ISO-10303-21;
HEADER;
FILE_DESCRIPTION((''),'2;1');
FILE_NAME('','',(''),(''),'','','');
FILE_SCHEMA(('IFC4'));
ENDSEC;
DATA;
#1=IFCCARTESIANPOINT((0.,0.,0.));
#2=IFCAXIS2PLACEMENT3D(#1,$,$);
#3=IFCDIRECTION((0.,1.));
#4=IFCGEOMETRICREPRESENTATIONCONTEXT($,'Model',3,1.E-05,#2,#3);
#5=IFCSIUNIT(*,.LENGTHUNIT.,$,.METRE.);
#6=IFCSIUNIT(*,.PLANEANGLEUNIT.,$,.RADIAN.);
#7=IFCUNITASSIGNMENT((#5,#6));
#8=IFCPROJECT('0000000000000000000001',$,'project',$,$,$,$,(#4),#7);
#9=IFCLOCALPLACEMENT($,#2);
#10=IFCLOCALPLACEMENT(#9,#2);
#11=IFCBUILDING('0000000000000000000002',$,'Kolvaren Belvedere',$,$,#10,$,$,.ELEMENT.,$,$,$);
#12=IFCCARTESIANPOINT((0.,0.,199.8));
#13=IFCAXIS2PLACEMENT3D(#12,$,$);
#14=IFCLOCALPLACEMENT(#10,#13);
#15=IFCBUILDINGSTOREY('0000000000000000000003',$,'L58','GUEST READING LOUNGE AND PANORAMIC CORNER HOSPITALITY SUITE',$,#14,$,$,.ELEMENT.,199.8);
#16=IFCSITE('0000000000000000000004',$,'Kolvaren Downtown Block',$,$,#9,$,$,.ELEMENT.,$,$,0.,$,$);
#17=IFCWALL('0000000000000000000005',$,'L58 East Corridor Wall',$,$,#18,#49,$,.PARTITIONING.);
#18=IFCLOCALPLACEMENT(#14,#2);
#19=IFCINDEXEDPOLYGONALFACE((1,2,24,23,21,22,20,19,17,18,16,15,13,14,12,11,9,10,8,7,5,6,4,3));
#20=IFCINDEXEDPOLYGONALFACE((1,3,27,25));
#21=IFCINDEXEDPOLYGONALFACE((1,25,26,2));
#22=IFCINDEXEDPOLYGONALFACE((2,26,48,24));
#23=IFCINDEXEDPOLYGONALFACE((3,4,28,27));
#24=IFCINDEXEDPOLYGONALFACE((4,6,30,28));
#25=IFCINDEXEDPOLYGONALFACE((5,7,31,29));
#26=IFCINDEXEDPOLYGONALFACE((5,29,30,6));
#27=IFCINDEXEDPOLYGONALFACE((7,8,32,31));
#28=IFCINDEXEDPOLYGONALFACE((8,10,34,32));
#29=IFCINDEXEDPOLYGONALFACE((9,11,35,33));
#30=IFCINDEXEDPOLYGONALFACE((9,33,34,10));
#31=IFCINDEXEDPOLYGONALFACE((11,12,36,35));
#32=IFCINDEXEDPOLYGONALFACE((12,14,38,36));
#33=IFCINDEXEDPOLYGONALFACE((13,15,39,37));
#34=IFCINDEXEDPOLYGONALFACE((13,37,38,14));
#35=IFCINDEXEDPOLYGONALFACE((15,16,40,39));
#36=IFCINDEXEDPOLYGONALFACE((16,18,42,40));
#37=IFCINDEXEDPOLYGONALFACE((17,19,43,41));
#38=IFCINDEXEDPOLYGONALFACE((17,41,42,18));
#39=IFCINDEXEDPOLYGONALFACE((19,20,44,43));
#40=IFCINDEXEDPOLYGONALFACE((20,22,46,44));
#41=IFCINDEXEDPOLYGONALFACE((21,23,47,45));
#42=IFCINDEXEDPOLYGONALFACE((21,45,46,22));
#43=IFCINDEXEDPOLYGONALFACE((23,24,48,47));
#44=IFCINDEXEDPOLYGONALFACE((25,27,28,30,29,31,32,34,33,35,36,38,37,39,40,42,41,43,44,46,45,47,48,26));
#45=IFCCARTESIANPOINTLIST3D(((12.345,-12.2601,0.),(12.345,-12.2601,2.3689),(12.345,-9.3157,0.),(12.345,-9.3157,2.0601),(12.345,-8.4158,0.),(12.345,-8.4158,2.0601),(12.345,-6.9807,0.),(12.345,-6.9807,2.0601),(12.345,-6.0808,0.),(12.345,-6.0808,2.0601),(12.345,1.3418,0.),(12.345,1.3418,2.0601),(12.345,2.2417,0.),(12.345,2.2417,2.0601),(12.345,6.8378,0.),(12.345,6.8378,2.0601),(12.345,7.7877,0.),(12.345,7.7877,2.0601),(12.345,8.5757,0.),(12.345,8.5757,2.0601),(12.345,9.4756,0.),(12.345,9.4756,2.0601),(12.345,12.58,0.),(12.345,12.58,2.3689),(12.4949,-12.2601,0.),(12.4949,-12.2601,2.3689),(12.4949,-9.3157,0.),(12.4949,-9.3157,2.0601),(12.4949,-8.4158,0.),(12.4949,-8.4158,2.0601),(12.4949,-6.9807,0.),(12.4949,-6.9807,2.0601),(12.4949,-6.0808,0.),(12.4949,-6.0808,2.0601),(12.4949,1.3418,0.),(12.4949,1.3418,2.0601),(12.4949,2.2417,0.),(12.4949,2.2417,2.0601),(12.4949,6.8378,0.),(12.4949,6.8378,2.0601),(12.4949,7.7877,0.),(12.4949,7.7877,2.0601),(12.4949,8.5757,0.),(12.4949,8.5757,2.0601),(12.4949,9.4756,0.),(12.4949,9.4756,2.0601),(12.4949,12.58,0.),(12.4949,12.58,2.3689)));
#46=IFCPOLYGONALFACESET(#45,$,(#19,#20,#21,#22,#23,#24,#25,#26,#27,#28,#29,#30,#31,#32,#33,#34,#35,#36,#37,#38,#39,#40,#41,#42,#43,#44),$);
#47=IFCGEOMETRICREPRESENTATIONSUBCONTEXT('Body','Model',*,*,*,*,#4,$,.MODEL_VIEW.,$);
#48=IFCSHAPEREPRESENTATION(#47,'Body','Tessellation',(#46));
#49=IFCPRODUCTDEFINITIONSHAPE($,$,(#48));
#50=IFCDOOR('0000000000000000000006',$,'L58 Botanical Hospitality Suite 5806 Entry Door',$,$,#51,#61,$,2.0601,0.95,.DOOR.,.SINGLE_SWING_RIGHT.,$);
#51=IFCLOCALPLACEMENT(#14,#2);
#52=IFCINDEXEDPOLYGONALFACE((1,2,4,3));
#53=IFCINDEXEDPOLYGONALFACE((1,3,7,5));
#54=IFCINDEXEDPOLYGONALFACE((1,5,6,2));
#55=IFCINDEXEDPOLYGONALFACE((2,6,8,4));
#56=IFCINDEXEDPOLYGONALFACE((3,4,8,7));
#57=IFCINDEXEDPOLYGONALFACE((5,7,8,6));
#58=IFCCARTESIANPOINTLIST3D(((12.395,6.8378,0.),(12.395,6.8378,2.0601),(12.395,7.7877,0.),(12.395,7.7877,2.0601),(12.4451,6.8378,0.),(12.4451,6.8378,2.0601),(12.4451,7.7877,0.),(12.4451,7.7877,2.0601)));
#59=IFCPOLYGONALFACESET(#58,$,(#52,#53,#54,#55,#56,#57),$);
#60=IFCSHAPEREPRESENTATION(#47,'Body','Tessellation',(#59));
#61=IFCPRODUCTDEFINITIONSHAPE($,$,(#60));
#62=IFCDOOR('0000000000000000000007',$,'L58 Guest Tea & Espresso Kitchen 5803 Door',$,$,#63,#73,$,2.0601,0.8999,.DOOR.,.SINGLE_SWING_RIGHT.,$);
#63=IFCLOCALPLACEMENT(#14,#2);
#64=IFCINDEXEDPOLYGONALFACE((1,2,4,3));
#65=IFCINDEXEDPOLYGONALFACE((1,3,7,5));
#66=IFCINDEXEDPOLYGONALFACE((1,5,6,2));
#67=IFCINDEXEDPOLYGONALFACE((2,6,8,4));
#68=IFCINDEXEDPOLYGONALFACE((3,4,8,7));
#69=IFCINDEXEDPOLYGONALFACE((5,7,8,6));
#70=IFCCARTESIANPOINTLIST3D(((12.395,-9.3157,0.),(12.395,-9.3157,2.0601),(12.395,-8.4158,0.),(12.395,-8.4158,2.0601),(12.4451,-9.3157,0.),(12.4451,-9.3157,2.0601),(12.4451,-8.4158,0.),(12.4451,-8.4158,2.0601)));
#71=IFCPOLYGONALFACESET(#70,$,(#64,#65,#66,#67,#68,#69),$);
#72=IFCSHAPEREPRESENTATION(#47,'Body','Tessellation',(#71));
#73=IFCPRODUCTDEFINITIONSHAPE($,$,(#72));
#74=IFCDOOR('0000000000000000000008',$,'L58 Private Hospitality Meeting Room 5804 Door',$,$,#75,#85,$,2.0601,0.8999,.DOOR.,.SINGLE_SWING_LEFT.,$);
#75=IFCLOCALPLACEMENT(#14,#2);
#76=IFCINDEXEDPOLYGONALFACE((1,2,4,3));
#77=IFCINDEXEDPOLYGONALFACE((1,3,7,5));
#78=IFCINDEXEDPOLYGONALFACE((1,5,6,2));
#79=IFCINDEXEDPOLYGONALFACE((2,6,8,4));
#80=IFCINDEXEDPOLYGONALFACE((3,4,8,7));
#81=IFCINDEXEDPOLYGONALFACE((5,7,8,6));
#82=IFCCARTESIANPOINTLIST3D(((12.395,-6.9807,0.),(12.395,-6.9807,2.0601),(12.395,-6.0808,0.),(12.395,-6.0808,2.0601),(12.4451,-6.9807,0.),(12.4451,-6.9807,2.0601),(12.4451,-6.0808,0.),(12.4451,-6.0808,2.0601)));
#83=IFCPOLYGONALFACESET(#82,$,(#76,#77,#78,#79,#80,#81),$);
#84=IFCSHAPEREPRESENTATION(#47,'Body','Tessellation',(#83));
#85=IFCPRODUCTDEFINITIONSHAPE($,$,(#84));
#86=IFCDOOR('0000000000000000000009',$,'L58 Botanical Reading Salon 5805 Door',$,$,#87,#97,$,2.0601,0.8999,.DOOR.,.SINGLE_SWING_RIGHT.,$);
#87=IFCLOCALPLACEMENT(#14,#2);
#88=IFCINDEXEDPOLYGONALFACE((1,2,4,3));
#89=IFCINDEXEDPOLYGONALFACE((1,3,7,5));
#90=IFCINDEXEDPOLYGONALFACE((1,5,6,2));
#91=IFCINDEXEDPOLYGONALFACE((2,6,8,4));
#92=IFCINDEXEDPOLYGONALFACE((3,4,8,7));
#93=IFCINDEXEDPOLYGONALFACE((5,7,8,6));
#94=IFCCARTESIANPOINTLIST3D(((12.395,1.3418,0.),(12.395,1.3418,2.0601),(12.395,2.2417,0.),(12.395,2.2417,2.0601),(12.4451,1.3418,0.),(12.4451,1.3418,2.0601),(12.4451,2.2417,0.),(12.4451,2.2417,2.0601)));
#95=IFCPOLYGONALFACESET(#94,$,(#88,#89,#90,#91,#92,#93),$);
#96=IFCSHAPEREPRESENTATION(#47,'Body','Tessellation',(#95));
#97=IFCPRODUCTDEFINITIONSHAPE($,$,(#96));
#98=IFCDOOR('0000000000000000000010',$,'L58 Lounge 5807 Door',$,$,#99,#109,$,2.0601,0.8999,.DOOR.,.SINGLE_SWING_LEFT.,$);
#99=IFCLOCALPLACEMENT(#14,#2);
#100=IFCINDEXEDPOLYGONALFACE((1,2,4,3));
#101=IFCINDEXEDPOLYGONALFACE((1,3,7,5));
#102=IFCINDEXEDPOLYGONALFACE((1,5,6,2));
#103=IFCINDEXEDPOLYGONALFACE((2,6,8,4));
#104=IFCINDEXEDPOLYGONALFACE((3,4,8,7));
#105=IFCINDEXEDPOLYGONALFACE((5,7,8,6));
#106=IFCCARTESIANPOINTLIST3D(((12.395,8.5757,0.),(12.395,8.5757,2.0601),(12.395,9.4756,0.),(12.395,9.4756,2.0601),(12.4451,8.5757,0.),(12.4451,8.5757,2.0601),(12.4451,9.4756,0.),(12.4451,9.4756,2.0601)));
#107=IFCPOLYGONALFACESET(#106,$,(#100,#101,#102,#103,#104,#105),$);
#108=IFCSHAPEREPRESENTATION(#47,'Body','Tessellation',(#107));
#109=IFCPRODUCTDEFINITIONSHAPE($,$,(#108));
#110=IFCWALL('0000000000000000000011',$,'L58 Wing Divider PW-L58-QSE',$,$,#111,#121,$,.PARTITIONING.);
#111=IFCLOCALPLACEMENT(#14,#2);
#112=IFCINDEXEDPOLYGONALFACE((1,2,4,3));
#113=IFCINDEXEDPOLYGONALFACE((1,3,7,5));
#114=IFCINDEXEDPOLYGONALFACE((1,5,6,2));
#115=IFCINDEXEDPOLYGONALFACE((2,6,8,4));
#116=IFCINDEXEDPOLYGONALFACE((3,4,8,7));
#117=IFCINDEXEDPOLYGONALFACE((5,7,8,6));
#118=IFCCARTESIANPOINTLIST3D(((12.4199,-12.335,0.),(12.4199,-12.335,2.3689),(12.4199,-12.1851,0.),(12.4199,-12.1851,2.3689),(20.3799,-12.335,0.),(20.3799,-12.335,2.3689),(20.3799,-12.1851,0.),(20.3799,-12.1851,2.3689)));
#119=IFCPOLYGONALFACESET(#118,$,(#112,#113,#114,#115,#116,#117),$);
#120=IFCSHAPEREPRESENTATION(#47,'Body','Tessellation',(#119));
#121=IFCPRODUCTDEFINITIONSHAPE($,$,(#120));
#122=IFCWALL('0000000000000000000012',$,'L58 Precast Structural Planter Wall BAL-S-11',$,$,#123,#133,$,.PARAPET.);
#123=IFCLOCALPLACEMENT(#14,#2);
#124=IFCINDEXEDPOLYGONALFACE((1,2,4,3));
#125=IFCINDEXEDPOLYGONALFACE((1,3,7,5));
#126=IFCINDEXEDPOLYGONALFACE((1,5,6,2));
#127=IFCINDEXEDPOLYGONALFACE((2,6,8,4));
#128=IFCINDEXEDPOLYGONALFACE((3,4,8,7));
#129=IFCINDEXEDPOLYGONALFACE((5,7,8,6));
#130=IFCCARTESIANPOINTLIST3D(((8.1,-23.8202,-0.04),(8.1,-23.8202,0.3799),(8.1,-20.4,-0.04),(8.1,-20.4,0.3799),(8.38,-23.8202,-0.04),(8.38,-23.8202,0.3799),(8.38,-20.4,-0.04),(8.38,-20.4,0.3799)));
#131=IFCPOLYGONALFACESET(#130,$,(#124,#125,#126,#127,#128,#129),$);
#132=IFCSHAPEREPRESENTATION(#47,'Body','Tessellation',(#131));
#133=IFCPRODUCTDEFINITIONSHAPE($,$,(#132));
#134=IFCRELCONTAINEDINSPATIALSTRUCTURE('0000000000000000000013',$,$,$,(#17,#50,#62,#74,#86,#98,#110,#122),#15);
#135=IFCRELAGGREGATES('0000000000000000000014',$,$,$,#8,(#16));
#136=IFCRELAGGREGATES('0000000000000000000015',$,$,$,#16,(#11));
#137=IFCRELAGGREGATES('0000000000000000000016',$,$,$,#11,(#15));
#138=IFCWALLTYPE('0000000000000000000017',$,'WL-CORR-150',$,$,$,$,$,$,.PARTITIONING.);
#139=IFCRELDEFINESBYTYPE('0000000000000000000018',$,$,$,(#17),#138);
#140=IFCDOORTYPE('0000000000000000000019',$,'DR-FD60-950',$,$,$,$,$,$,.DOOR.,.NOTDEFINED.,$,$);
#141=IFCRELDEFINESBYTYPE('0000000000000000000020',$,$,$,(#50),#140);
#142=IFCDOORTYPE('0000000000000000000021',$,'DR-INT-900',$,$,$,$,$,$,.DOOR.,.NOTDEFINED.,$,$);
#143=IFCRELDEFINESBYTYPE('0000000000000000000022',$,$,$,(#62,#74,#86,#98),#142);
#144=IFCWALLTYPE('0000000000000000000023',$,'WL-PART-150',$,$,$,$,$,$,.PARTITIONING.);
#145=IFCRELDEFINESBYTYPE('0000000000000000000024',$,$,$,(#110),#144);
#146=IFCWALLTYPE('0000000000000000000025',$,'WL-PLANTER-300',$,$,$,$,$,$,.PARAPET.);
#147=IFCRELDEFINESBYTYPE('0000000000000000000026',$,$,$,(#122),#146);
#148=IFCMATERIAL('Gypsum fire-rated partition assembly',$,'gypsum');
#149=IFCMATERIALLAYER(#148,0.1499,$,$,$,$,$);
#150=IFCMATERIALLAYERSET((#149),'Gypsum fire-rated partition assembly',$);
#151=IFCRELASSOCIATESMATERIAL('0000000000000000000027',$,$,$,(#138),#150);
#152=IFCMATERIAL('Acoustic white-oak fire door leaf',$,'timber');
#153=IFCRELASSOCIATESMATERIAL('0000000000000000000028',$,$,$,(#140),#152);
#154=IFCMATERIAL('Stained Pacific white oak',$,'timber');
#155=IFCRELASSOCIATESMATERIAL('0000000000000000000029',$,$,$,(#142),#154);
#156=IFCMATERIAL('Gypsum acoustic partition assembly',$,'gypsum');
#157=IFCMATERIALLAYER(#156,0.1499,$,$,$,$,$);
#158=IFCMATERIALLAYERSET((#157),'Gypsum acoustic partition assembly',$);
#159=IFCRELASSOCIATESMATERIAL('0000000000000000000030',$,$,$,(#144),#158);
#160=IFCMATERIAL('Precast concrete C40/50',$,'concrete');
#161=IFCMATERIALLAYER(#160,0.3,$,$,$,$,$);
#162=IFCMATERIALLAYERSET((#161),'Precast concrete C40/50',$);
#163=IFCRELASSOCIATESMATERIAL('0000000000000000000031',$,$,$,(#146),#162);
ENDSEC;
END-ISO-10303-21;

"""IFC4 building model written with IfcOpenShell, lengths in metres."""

from ifc_helpers import new_model, si_unit, direction, frame, frame_2d, origin, place, context, subcontext, project, spatial, rectangle, extrude, material, layer, layer_set, type_object, element, fill, save


model = new_model("IFC4")

# Units and contexts
model_context = context("Model", 3, precision=1e-05, world=origin(), true_north=direction((0.0, 1.0)))
body_context = subcontext(model_context, "Body", "Model", "MODEL_VIEW")
ifc_project = project(units=[si_unit("LENGTHUNIT", "METRE"), si_unit("PLANEANGLEUNIT", "RADIAN")], contexts=[model_context])

# Site, building, storey
site_placement = place(None, origin())
site = spatial("IfcSite", under=ifc_project, at=site_placement, Name="Kolvaren Downtown Block", CompositionType="ELEMENT", RefElevation=0.0)
building_placement = place(site_placement, origin())
building = spatial("IfcBuilding", under=site, at=building_placement, Name="Kolvaren Belvedere", CompositionType="ELEMENT")
storey_placement = place(building_placement, frame((0.0, 0.0, 199.8)))
storey = spatial("IfcBuildingStorey", under=building, at=storey_placement, Name="L58", Description="GUEST READING LOUNGE AND PANORAMIC CORNER HOSPITALITY SUITE", CompositionType="ELEMENT", Elevation=199.8)

# Wall, openings, doors
ifc_material_1 = material(Name="Gypsum fire-rated partition assembly", Category="gypsum")
ifc_layer_1 = layer(ifc_material_1, 0.1499)
ifc_layer_set_1 = layer_set([ifc_layer_1], Name="Gypsum fire-rated partition assembly")
wall_type_1 = type_object("IfcWallType", Name="WL-CORR-150", PredefinedType="PARTITIONING", material=ifc_layer_set_1)
wall_1_placement = place(storey_placement, frame((12.4199, -12.26, 0.0), z_axis=(0.0, 0.0, 1.0), x_axis=(0.0, 1.0, 0.0)))
wall_1 = element("IfcWall", 1, at=wall_1_placement, inside=storey, type_object=wall_type_1, Name="L58 East Corridor Wall", PredefinedType="PARTITIONING", context=body_context, shape_type="SweptSolid", body=[
    extrude(rectangle(XDim=24.8401, YDim=0.1499, at=frame_2d((12.4199, 0.0))), origin(), (0.0, 0.0, 1.0), 2.3689),
])
opening_1_placement = place(wall_1_placement, frame((2.9443, 0.0, 0.0)))
opening_1 = element("IfcOpeningElement", 2, at=opening_1_placement, cuts=wall_1, PredefinedType="OPENING", context=body_context, shape_type="SweptSolid", body=[
    extrude(rectangle(XDim=0.8999, YDim=2.0601, at=frame_2d((0.45, 1.03))), frame((0.0, 0.085, 0.0), z_axis=(0.0, -1.0, 0.0), x_axis=(1.0, 0.0, 0.0)), (0.0, 0.0, 1.0), 0.1699),
])
opening_2_placement = place(wall_1_placement, frame((5.2793, 0.0, 0.0)))
opening_2 = element("IfcOpeningElement", 3, at=opening_2_placement, cuts=wall_1, PredefinedType="OPENING", context=body_context, shape_type="SweptSolid", body=[
    extrude(rectangle(XDim=0.8999, YDim=2.0601, at=frame_2d((0.45, 1.03))), frame((0.0, 0.085, 0.0), z_axis=(0.0, -1.0, 0.0), x_axis=(1.0, 0.0, 0.0)), (0.0, 0.0, 1.0), 0.1699),
])
opening_3_placement = place(wall_1_placement, frame((13.6018, 0.0, 0.0)))
opening_3 = element("IfcOpeningElement", 4, at=opening_3_placement, cuts=wall_1, PredefinedType="OPENING", context=body_context, shape_type="SweptSolid", body=[
    extrude(rectangle(XDim=0.8999, YDim=2.0601, at=frame_2d((0.45, 1.03))), frame((0.0, 0.085, 0.0), z_axis=(0.0, -1.0, 0.0), x_axis=(1.0, 0.0, 0.0)), (0.0, 0.0, 1.0), 0.1699),
])
opening_4_placement = place(wall_1_placement, frame((19.0977, 0.0, 0.0)))
opening_4 = element("IfcOpeningElement", 5, at=opening_4_placement, cuts=wall_1, PredefinedType="OPENING", context=body_context, shape_type="SweptSolid", body=[
    extrude(rectangle(XDim=0.95, YDim=2.0601, at=frame_2d((0.4751, 1.03))), frame((0.0, 0.085, 0.0), z_axis=(0.0, -1.0, 0.0), x_axis=(1.0, 0.0, 0.0)), (0.0, 0.0, 1.0), 0.1699),
])
opening_5_placement = place(wall_1_placement, frame((20.8357, 0.0, 0.0)))
opening_5 = element("IfcOpeningElement", 6, at=opening_5_placement, cuts=wall_1, PredefinedType="OPENING", context=body_context, shape_type="SweptSolid", body=[
    extrude(rectangle(XDim=0.8999, YDim=2.0601, at=frame_2d((0.45, 1.03))), frame((0.0, 0.085, 0.0), z_axis=(0.0, -1.0, 0.0), x_axis=(1.0, 0.0, 0.0)), (0.0, 0.0, 1.0), 0.1699),
])
ifc_material_2 = material(Name="Acoustic white-oak fire door leaf", Category="timber")
door_type_1 = type_object("IfcDoorType", Name="DR-FD60-950", OperationType="NOTDEFINED", PredefinedType="DOOR", material=ifc_material_2)
door_1_placement = place(opening_4_placement, origin())
door_1 = element("IfcDoor", 7, at=door_1_placement, inside=storey, type_object=door_type_1, Name="L58 Botanical Hospitality Suite 5806 Entry Door", OperationType="SINGLE_SWING_RIGHT", OverallHeight=2.0601, OverallWidth=0.95, PredefinedType="DOOR", context=body_context, shape_type="SweptSolid", body=[
    extrude(rectangle(XDim=0.95, YDim=2.0601, at=frame_2d((0.4751, 1.03))), frame((0.0, 0.0249, 0.0), z_axis=(0.0, -1.0, 0.0), x_axis=(1.0, 0.0, 0.0)), (0.0, 0.0, 1.0), 0.05),
])
fill(opening_4, door_1)
ifc_material_3 = material(Name="Stained Pacific white oak", Category="timber")
door_type_2 = type_object("IfcDoorType", Name="DR-INT-900", OperationType="NOTDEFINED", PredefinedType="DOOR", material=ifc_material_3)
door_2_placement = place(opening_1_placement, origin())
door_2 = element("IfcDoor", 8, at=door_2_placement, inside=storey, type_object=door_type_2, Name="L58 Guest Tea & Espresso Kitchen 5803 Door", OperationType="SINGLE_SWING_RIGHT", OverallHeight=2.0601, OverallWidth=0.8999, PredefinedType="DOOR", context=body_context, shape_type="SweptSolid", body=[
    extrude(rectangle(XDim=0.8999, YDim=2.0601, at=frame_2d((0.45, 1.03))), frame((0.0, 0.0249, 0.0), z_axis=(0.0, -1.0, 0.0), x_axis=(1.0, 0.0, 0.0)), (0.0, 0.0, 1.0), 0.05),
])
fill(opening_1, door_2)
door_3_placement = place(opening_2_placement, origin())
door_3 = element("IfcDoor", 9, at=door_3_placement, inside=storey, type_object=door_type_2, Name="L58 Private Hospitality Meeting Room 5804 Door", OperationType="SINGLE_SWING_LEFT", OverallHeight=2.0601, OverallWidth=0.8999, PredefinedType="DOOR", context=body_context, shape_type="SweptSolid", body=[
    extrude(rectangle(XDim=0.8999, YDim=2.0601, at=frame_2d((0.45, 1.03))), frame((0.0, 0.0249, 0.0), z_axis=(0.0, -1.0, 0.0), x_axis=(1.0, 0.0, 0.0)), (0.0, 0.0, 1.0), 0.05),
])
fill(opening_2, door_3)
door_4_placement = place(opening_3_placement, origin())
door_4 = element("IfcDoor", 10, at=door_4_placement, inside=storey, type_object=door_type_2, Name="L58 Botanical Reading Salon 5805 Door", OperationType="SINGLE_SWING_RIGHT", OverallHeight=2.0601, OverallWidth=0.8999, PredefinedType="DOOR", context=body_context, shape_type="SweptSolid", body=[
    extrude(rectangle(XDim=0.8999, YDim=2.0601, at=frame_2d((0.45, 1.03))), frame((0.0, 0.0249, 0.0), z_axis=(0.0, -1.0, 0.0), x_axis=(1.0, 0.0, 0.0)), (0.0, 0.0, 1.0), 0.05),
])
fill(opening_3, door_4)
door_5_placement = place(opening_5_placement, origin())
door_5 = element("IfcDoor", 11, at=door_5_placement, inside=storey, type_object=door_type_2, Name="L58 Lounge 5807 Door", OperationType="SINGLE_SWING_LEFT", OverallHeight=2.0601, OverallWidth=0.8999, PredefinedType="DOOR", context=body_context, shape_type="SweptSolid", body=[
    extrude(rectangle(XDim=0.8999, YDim=2.0601, at=frame_2d((0.45, 1.03))), frame((0.0, 0.0249, 0.0), z_axis=(0.0, -1.0, 0.0), x_axis=(1.0, 0.0, 0.0)), (0.0, 0.0, 1.0), 0.05),
])
fill(opening_5, door_5)

# Walls
ifc_material_4 = material(Name="Gypsum acoustic partition assembly", Category="gypsum")
ifc_layer_2 = layer(ifc_material_4, 0.1499)
ifc_layer_set_2 = layer_set([ifc_layer_2], Name="Gypsum acoustic partition assembly")
wall_type_2 = type_object("IfcWallType", Name="WL-PART-150", PredefinedType="PARTITIONING", material=ifc_layer_set_2)
wall_2_placement = place(storey_placement, frame((12.4199, -12.26, 0.0), z_axis=(0.0, 0.0, 1.0), x_axis=(1.0, 0.0, 0.0)))
element("IfcWall", 12, at=wall_2_placement, inside=storey, type_object=wall_type_2, Name="L58 Wing Divider PW-L58-QSE", PredefinedType="PARTITIONING", context=body_context, shape_type="SweptSolid", body=[
    extrude(rectangle(XDim=7.96, YDim=0.1499, at=frame_2d((3.98, 0.0))), origin(), (0.0, 0.0, 1.0), 2.3689),
])
ifc_material_5 = material(Name="Precast concrete C40/50", Category="concrete")
ifc_layer_3 = layer(ifc_material_5, 0.3)
ifc_layer_set_3 = layer_set([ifc_layer_3], Name="Precast concrete C40/50")
wall_type_3 = type_object("IfcWallType", Name="WL-PLANTER-300", PredefinedType="PARAPET", material=ifc_layer_set_3)
wall_3_placement = place(storey_placement, frame((8.24, -23.8201, -0.04), z_axis=(0.0, 0.0, 1.0), x_axis=(0.0, 1.0, 0.0)))
element("IfcWall", 13, at=wall_3_placement, inside=storey, type_object=wall_type_3, Name="L58 Precast Structural Planter Wall BAL-S-11", PredefinedType="PARAPET", context=body_context, shape_type="SweptSolid", body=[
    extrude(rectangle(XDim=3.4202, YDim=0.28, at=frame_2d((1.71, 0.0))), origin(), (0.0, 0.0, 1.0), 0.4199),
])

save(model, "model.ifc")
